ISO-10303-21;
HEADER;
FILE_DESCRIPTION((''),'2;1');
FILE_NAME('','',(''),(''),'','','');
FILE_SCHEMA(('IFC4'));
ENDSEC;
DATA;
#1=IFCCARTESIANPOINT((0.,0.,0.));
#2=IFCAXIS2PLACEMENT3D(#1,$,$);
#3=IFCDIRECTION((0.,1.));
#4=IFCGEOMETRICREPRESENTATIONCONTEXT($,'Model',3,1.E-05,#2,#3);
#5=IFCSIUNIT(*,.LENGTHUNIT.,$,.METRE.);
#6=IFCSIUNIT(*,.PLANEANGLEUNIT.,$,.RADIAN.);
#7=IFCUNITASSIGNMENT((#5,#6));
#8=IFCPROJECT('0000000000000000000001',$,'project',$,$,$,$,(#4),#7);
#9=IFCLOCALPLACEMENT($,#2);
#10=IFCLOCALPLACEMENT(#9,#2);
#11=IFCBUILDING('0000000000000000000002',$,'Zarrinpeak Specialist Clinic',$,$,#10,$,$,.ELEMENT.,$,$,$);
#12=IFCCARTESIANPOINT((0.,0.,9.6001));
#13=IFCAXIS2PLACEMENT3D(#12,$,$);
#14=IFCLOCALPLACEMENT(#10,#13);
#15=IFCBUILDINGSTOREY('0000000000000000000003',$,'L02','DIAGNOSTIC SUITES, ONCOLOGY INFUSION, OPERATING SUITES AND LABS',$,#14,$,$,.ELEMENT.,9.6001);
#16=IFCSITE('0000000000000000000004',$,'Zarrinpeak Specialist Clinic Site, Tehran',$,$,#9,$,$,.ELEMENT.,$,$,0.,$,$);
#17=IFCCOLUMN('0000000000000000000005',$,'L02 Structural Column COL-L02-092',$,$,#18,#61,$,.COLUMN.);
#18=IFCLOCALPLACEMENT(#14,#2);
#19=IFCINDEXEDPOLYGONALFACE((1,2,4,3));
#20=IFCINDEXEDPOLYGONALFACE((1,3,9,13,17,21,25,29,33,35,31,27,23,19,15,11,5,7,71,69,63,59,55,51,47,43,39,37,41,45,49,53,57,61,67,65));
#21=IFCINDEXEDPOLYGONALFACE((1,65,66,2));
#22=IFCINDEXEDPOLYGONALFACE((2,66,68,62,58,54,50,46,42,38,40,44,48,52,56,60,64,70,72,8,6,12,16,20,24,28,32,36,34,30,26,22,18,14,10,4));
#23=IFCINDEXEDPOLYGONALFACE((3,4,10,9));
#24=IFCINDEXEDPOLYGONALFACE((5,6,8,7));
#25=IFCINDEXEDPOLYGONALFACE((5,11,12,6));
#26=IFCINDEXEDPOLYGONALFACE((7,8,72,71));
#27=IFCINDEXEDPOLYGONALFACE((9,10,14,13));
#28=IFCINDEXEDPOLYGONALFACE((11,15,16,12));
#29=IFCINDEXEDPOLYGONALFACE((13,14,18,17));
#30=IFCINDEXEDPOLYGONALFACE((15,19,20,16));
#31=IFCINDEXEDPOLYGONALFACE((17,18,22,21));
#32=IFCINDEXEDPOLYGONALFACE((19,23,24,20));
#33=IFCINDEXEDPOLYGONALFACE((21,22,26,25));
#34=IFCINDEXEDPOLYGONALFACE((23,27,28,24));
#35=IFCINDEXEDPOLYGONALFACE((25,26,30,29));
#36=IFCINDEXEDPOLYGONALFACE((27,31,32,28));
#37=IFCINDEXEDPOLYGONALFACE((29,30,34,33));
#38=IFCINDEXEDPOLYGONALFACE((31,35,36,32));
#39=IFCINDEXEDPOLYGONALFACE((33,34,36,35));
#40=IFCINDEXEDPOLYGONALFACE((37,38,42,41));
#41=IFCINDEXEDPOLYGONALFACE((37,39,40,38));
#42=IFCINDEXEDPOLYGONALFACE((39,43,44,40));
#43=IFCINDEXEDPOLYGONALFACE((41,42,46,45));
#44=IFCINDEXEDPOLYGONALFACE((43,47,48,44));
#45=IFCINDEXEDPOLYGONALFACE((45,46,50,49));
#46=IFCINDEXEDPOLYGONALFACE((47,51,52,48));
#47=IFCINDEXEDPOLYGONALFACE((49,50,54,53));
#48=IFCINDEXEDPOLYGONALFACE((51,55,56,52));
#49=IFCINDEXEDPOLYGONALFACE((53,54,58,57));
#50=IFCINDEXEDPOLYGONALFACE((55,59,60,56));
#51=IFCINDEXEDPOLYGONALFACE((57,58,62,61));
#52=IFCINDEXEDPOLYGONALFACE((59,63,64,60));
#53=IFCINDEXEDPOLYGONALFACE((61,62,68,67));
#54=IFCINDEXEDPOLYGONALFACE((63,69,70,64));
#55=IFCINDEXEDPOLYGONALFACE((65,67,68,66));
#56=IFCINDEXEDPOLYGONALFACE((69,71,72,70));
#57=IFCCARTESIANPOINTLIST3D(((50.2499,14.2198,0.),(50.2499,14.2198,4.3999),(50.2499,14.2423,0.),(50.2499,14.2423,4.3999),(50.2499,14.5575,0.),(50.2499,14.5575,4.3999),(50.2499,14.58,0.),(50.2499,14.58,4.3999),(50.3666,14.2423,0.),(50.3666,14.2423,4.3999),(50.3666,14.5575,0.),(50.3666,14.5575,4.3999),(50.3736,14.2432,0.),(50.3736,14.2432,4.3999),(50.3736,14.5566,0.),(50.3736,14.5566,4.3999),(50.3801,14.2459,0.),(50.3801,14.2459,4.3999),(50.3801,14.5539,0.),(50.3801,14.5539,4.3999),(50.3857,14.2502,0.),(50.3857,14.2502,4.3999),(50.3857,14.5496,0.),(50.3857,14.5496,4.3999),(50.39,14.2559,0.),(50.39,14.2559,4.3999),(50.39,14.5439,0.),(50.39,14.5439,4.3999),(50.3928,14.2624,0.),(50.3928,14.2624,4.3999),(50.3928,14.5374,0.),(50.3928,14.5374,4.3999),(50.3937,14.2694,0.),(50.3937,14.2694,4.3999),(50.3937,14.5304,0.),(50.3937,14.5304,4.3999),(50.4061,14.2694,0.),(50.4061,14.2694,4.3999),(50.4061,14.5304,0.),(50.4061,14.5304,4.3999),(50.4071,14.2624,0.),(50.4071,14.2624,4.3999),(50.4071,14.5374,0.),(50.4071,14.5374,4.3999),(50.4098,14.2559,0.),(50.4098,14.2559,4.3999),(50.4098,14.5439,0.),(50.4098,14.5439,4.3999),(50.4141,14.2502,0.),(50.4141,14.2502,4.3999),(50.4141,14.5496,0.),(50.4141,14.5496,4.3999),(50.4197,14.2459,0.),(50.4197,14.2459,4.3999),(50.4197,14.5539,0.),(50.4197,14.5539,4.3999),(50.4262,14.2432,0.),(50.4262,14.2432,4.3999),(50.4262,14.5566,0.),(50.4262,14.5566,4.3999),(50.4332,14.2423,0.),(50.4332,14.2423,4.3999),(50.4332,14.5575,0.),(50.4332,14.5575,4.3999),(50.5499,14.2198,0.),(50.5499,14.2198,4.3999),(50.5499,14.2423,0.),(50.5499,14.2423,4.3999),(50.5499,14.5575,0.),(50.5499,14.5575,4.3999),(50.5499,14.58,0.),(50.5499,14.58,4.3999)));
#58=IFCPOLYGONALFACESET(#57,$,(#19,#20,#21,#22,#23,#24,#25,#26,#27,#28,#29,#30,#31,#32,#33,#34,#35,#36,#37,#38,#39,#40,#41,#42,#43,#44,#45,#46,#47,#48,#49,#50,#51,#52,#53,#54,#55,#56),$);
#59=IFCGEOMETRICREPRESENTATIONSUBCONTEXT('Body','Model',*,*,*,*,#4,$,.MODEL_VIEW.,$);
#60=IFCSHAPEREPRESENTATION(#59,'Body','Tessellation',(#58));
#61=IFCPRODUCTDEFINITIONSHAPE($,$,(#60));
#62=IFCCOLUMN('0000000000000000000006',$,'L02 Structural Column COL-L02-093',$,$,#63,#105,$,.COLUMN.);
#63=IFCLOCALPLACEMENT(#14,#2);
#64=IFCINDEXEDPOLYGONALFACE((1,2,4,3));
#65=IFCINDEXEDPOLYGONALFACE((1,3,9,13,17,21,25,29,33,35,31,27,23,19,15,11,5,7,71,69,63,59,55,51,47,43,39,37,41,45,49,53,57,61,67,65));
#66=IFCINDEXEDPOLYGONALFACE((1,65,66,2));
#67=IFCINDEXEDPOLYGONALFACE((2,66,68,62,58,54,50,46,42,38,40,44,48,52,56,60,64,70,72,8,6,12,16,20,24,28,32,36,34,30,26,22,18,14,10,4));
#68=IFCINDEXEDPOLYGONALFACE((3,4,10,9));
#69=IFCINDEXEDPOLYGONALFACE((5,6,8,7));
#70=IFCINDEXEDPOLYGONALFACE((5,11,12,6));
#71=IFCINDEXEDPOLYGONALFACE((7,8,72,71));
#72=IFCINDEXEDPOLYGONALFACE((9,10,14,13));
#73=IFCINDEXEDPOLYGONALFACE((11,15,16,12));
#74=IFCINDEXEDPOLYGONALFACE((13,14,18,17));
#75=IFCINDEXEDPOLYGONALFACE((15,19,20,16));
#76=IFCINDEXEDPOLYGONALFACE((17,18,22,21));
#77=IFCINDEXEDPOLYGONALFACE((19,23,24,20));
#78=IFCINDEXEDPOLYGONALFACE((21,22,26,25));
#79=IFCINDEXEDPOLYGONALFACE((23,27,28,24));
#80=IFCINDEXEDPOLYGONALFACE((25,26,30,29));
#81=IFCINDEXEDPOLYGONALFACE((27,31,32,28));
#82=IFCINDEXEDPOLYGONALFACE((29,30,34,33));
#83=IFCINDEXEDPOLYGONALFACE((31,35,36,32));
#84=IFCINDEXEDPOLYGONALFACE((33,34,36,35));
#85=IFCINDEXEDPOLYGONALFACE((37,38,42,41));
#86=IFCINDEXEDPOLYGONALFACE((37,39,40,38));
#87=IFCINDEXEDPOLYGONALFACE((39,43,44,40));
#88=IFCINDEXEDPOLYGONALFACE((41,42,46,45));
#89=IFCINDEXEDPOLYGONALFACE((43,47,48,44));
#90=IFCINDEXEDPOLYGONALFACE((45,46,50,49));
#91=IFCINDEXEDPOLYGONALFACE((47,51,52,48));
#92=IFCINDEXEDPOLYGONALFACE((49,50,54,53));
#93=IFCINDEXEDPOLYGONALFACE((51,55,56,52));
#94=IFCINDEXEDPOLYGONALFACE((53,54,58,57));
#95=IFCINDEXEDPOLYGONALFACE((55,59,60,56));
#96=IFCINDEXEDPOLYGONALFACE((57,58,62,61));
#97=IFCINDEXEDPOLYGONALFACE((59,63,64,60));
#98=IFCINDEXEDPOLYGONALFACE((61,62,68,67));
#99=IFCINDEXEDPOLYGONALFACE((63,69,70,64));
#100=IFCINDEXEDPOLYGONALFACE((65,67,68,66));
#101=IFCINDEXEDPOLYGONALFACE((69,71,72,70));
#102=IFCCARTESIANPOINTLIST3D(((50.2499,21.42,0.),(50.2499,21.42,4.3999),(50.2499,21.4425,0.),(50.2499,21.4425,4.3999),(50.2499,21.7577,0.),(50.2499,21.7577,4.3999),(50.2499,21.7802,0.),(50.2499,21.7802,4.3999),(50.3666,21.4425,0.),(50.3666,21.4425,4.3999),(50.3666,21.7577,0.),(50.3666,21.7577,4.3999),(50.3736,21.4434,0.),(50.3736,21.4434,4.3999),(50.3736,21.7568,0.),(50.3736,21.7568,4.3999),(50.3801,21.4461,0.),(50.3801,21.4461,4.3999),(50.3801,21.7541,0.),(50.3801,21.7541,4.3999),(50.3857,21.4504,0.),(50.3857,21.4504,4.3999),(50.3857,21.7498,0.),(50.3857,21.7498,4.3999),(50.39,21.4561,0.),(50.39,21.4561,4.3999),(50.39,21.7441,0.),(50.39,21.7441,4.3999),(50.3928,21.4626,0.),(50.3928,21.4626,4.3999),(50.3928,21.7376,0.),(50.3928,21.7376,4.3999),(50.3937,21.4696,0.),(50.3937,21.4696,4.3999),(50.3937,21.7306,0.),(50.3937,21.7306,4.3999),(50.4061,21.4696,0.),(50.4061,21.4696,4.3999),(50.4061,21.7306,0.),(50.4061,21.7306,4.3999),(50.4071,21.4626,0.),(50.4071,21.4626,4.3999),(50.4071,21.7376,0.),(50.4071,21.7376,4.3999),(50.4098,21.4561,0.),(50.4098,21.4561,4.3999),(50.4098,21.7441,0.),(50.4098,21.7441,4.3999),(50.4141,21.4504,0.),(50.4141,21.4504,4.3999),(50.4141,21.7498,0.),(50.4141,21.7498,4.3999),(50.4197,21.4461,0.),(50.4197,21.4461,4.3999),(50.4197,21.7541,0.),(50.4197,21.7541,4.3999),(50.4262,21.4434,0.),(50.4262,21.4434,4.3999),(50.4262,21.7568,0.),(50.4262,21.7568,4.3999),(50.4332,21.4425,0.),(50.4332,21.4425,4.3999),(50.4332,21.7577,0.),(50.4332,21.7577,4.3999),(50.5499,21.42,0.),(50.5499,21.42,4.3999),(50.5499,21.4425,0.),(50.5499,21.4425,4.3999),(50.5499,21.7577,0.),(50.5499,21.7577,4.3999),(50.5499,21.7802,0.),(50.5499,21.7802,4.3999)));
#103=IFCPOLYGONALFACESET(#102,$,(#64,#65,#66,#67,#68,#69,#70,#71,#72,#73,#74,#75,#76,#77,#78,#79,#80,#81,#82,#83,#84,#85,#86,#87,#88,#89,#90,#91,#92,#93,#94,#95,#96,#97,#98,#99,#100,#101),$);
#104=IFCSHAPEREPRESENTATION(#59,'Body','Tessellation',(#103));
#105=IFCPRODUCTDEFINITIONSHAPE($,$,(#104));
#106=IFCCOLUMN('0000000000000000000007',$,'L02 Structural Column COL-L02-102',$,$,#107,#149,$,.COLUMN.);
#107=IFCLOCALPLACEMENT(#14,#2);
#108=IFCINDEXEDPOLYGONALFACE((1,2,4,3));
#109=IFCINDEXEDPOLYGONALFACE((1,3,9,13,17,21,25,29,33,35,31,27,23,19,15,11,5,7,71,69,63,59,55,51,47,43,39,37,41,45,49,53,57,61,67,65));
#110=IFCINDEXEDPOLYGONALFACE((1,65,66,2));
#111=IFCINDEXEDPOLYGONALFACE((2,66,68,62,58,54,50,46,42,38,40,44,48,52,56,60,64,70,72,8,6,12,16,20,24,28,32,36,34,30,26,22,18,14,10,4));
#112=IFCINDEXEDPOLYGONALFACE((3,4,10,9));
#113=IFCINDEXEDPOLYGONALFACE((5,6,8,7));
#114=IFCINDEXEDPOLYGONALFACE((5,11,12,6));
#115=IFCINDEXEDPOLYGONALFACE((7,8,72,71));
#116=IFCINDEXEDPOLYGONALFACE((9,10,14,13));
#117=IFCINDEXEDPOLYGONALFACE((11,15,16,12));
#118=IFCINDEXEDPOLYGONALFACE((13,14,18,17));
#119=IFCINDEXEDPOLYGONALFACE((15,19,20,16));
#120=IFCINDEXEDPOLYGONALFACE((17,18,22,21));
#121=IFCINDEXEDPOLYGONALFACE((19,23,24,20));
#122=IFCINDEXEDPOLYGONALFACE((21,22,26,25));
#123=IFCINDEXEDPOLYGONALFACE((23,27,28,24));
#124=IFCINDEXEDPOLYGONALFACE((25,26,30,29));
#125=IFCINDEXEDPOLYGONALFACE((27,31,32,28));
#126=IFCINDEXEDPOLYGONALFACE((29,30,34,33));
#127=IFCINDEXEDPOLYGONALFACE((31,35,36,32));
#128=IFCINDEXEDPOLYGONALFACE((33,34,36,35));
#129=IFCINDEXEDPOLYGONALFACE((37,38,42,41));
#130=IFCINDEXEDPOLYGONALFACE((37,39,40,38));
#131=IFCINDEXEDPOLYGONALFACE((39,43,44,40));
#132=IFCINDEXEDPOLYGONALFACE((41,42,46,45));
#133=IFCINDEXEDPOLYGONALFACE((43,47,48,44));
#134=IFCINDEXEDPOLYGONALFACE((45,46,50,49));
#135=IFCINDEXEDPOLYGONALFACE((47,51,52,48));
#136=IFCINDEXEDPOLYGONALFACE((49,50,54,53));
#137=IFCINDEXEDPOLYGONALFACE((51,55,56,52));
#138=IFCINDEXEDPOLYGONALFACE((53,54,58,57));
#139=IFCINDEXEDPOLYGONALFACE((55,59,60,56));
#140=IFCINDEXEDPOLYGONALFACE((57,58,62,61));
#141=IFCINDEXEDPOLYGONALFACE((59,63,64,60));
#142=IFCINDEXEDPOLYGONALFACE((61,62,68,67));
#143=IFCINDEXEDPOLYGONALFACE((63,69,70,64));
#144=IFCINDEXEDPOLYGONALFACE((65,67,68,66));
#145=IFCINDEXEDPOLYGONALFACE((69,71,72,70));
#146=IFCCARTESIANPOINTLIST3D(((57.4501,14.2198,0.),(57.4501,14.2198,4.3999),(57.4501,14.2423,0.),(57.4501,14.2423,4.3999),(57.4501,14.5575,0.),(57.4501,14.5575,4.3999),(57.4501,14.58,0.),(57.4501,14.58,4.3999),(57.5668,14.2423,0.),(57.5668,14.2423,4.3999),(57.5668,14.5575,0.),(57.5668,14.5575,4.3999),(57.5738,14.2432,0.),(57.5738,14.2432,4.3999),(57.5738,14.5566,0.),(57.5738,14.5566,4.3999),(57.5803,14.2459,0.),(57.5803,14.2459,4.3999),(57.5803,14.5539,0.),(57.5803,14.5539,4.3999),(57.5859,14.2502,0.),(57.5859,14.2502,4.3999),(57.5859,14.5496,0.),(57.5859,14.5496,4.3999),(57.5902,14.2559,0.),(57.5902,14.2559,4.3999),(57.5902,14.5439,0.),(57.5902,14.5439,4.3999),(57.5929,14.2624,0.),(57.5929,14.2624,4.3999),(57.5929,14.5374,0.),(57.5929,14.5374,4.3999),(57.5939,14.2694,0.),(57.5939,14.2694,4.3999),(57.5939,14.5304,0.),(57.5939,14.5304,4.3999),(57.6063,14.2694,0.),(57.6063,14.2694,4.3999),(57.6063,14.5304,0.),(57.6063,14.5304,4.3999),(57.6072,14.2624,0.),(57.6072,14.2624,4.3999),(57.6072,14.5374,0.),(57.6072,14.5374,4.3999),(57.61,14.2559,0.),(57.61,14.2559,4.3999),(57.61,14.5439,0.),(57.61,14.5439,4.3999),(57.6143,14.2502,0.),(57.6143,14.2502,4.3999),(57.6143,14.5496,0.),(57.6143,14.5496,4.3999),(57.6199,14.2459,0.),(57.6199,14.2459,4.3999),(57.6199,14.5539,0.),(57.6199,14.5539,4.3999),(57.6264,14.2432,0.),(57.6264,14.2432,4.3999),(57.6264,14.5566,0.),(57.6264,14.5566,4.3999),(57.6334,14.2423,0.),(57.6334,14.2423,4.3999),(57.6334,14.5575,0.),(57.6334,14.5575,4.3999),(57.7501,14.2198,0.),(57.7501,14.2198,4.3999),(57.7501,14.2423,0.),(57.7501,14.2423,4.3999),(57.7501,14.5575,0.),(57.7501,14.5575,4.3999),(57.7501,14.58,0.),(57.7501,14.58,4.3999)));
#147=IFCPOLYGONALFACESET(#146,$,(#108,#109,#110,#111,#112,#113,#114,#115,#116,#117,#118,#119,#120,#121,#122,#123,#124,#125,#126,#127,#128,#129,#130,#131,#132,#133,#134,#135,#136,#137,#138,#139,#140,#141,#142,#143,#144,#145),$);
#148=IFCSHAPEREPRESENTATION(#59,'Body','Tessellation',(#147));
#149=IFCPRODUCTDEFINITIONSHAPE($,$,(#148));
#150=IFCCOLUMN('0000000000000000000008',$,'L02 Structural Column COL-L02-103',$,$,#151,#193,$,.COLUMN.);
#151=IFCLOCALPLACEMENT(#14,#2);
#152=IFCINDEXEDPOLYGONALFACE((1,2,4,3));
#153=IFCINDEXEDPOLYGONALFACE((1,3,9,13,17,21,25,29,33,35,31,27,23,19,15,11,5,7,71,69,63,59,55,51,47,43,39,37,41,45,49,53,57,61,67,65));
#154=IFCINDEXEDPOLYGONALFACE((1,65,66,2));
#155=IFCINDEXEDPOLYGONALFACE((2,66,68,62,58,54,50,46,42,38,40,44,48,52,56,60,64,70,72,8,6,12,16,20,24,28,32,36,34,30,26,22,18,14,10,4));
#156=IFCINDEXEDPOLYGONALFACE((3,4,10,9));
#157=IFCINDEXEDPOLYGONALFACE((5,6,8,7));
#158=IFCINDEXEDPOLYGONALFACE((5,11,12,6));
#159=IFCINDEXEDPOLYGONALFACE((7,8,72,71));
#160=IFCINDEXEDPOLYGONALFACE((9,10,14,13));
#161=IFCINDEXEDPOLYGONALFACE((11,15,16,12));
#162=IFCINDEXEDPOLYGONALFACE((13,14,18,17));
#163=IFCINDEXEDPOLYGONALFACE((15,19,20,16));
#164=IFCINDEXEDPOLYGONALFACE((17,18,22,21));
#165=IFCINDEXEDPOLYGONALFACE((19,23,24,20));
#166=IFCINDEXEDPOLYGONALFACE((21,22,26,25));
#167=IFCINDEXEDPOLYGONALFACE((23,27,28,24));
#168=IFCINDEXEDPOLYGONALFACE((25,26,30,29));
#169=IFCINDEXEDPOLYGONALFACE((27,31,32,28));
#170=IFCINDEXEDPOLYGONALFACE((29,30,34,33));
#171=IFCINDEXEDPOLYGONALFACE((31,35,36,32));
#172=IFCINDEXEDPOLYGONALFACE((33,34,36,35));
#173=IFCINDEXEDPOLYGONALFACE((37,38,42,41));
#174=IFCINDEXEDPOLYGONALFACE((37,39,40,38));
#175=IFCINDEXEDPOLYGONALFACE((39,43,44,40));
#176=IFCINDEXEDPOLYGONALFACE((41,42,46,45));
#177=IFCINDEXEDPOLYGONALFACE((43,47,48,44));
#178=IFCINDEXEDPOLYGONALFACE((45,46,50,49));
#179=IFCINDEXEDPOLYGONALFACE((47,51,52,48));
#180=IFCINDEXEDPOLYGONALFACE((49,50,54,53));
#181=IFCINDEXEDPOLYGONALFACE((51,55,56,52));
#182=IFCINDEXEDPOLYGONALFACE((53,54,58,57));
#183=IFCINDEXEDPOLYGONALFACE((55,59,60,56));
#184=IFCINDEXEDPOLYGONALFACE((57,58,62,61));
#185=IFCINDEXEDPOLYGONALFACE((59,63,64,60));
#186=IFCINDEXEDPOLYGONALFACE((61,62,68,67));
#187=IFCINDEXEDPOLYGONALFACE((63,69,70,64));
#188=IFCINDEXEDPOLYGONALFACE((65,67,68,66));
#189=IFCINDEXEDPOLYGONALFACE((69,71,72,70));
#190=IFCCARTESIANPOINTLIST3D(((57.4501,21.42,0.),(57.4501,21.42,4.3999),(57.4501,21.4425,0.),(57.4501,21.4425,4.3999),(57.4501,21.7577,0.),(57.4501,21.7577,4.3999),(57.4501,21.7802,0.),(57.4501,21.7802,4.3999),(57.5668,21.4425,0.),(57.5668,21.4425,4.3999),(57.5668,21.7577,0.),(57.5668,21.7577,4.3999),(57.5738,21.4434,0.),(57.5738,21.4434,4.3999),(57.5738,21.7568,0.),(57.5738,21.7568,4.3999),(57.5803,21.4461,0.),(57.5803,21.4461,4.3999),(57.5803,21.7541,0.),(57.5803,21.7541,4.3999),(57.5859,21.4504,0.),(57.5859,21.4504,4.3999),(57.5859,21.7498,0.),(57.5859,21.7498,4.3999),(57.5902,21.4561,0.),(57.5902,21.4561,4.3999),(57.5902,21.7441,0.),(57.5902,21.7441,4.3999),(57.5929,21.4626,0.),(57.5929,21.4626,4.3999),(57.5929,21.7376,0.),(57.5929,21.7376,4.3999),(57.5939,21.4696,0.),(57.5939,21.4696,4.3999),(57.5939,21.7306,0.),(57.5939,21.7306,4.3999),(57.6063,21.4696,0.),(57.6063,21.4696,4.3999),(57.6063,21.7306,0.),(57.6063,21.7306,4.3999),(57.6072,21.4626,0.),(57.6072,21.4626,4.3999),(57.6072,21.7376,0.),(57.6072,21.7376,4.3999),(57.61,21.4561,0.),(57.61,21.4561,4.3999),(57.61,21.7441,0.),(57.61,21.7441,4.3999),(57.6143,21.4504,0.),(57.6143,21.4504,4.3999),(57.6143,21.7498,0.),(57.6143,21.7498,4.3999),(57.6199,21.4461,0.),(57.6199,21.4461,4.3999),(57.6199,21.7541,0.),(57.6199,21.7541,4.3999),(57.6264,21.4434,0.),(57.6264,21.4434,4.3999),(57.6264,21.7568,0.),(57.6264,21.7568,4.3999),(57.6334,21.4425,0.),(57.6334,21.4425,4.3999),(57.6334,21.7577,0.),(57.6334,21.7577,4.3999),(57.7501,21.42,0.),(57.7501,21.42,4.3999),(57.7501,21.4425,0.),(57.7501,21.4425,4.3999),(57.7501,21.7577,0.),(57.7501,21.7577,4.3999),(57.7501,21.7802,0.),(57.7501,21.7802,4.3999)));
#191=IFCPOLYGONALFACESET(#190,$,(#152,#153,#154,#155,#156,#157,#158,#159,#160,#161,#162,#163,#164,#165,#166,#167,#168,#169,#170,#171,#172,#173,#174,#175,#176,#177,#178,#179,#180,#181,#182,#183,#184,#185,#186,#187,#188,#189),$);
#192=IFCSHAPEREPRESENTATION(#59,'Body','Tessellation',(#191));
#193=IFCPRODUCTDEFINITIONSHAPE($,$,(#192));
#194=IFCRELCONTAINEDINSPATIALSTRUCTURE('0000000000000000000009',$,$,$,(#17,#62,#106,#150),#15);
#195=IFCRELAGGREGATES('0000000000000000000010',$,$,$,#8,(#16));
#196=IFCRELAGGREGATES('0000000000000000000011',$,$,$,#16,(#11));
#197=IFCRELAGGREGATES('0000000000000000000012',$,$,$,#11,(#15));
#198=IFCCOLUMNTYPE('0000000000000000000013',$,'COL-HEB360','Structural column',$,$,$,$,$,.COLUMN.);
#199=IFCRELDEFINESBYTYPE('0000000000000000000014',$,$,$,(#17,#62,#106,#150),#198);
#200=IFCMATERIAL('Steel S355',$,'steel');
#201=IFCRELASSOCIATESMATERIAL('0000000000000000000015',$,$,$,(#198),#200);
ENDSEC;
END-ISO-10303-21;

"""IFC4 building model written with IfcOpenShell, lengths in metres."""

from ifc_helpers import new_model, si_unit, direction, frame, origin, origin_2d, place, context, subcontext, project, spatial, i_section, extrude, material, material_profile, profile_set, type_object, element, save


model = new_model("IFC4")

# Units and contexts
model_context = context("Model", 3, precision=1e-05, world=origin(), true_north=direction((0.0, 1.0)))
body_context = subcontext(model_context, "Body", "Model", "MODEL_VIEW")
ifc_project = project(units=[si_unit("LENGTHUNIT", "METRE"), si_unit("PLANEANGLEUNIT", "RADIAN")], contexts=[model_context])

# Site, building, storey
site_placement = place(None, origin())
site = spatial("IfcSite", under=ifc_project, at=site_placement, Name="Zarrinpeak Specialist Clinic Site, Tehran", CompositionType="ELEMENT", RefElevation=0.0)
building_placement = place(site_placement, origin())
building = spatial("IfcBuilding", under=site, at=building_placement, Name="Zarrinpeak Specialist Clinic", CompositionType="ELEMENT")
storey_placement = place(building_placement, frame((0.0, 0.0, 9.6001)))
storey = spatial("IfcBuildingStorey", under=building, at=storey_placement, Name="L02", Description="DIAGNOSTIC SUITES, ONCOLOGY INFUSION, OPERATING SUITES AND LABS", CompositionType="ELEMENT", Elevation=9.6001)

# Columns
ifc_material_1 = material(Name="Steel S355", Category="steel")
ifc_material_profile_1 = material_profile(ifc_material_1, i_section(OverallWidth=0.3, OverallDepth=0.3601, WebThickness=0.0125, FlangeThickness=0.0225, FilletRadius=0.0271, at=origin_2d()), Name="HEB 360")
ifc_profile_set_1 = profile_set([ifc_material_profile_1], Name="Steel S355")
column_type = type_object("IfcColumnType", Name="COL-HEB360", Description="Structural column", PredefinedType="COLUMN", material=ifc_profile_set_1)
for number, where, z_axis, x_axis, name in (
    (1, (50.3999, 14.3999, 0.0), (0.0, 0.0, 1.0), (1.0, 0.0, 0.0), "L02 Structural Column COL-L02-092"),
    (2, (50.3999, 21.6001, 0.0), (0.0, 0.0, 1.0), (1.0, 0.0, 0.0), "L02 Structural Column COL-L02-093"),
    (3, (57.6001, 14.3999, 0.0), (0.0, 0.0, 1.0), (1.0, 0.0, 0.0), "L02 Structural Column COL-L02-102"),
    (4, (57.6001, 21.6001, 0.0), (0.0, 0.0, 1.0), (1.0, 0.0, 0.0), "L02 Structural Column COL-L02-103"),
):
    element("IfcColumn", number, at=place(storey_placement, frame(where, z_axis=z_axis, x_axis=x_axis)), inside=storey, type_object=column_type, Name=name, PredefinedType="COLUMN", context=body_context, shape_type="SweptSolid", body=[
        extrude(i_section(OverallWidth=0.3, OverallDepth=0.3601, WebThickness=0.0125, FlangeThickness=0.0225, FilletRadius=0.0271, at=origin_2d()), origin(), (0.0, 0.0, 1.0), 4.3999),
    ])

save(model, "model.ifc")
